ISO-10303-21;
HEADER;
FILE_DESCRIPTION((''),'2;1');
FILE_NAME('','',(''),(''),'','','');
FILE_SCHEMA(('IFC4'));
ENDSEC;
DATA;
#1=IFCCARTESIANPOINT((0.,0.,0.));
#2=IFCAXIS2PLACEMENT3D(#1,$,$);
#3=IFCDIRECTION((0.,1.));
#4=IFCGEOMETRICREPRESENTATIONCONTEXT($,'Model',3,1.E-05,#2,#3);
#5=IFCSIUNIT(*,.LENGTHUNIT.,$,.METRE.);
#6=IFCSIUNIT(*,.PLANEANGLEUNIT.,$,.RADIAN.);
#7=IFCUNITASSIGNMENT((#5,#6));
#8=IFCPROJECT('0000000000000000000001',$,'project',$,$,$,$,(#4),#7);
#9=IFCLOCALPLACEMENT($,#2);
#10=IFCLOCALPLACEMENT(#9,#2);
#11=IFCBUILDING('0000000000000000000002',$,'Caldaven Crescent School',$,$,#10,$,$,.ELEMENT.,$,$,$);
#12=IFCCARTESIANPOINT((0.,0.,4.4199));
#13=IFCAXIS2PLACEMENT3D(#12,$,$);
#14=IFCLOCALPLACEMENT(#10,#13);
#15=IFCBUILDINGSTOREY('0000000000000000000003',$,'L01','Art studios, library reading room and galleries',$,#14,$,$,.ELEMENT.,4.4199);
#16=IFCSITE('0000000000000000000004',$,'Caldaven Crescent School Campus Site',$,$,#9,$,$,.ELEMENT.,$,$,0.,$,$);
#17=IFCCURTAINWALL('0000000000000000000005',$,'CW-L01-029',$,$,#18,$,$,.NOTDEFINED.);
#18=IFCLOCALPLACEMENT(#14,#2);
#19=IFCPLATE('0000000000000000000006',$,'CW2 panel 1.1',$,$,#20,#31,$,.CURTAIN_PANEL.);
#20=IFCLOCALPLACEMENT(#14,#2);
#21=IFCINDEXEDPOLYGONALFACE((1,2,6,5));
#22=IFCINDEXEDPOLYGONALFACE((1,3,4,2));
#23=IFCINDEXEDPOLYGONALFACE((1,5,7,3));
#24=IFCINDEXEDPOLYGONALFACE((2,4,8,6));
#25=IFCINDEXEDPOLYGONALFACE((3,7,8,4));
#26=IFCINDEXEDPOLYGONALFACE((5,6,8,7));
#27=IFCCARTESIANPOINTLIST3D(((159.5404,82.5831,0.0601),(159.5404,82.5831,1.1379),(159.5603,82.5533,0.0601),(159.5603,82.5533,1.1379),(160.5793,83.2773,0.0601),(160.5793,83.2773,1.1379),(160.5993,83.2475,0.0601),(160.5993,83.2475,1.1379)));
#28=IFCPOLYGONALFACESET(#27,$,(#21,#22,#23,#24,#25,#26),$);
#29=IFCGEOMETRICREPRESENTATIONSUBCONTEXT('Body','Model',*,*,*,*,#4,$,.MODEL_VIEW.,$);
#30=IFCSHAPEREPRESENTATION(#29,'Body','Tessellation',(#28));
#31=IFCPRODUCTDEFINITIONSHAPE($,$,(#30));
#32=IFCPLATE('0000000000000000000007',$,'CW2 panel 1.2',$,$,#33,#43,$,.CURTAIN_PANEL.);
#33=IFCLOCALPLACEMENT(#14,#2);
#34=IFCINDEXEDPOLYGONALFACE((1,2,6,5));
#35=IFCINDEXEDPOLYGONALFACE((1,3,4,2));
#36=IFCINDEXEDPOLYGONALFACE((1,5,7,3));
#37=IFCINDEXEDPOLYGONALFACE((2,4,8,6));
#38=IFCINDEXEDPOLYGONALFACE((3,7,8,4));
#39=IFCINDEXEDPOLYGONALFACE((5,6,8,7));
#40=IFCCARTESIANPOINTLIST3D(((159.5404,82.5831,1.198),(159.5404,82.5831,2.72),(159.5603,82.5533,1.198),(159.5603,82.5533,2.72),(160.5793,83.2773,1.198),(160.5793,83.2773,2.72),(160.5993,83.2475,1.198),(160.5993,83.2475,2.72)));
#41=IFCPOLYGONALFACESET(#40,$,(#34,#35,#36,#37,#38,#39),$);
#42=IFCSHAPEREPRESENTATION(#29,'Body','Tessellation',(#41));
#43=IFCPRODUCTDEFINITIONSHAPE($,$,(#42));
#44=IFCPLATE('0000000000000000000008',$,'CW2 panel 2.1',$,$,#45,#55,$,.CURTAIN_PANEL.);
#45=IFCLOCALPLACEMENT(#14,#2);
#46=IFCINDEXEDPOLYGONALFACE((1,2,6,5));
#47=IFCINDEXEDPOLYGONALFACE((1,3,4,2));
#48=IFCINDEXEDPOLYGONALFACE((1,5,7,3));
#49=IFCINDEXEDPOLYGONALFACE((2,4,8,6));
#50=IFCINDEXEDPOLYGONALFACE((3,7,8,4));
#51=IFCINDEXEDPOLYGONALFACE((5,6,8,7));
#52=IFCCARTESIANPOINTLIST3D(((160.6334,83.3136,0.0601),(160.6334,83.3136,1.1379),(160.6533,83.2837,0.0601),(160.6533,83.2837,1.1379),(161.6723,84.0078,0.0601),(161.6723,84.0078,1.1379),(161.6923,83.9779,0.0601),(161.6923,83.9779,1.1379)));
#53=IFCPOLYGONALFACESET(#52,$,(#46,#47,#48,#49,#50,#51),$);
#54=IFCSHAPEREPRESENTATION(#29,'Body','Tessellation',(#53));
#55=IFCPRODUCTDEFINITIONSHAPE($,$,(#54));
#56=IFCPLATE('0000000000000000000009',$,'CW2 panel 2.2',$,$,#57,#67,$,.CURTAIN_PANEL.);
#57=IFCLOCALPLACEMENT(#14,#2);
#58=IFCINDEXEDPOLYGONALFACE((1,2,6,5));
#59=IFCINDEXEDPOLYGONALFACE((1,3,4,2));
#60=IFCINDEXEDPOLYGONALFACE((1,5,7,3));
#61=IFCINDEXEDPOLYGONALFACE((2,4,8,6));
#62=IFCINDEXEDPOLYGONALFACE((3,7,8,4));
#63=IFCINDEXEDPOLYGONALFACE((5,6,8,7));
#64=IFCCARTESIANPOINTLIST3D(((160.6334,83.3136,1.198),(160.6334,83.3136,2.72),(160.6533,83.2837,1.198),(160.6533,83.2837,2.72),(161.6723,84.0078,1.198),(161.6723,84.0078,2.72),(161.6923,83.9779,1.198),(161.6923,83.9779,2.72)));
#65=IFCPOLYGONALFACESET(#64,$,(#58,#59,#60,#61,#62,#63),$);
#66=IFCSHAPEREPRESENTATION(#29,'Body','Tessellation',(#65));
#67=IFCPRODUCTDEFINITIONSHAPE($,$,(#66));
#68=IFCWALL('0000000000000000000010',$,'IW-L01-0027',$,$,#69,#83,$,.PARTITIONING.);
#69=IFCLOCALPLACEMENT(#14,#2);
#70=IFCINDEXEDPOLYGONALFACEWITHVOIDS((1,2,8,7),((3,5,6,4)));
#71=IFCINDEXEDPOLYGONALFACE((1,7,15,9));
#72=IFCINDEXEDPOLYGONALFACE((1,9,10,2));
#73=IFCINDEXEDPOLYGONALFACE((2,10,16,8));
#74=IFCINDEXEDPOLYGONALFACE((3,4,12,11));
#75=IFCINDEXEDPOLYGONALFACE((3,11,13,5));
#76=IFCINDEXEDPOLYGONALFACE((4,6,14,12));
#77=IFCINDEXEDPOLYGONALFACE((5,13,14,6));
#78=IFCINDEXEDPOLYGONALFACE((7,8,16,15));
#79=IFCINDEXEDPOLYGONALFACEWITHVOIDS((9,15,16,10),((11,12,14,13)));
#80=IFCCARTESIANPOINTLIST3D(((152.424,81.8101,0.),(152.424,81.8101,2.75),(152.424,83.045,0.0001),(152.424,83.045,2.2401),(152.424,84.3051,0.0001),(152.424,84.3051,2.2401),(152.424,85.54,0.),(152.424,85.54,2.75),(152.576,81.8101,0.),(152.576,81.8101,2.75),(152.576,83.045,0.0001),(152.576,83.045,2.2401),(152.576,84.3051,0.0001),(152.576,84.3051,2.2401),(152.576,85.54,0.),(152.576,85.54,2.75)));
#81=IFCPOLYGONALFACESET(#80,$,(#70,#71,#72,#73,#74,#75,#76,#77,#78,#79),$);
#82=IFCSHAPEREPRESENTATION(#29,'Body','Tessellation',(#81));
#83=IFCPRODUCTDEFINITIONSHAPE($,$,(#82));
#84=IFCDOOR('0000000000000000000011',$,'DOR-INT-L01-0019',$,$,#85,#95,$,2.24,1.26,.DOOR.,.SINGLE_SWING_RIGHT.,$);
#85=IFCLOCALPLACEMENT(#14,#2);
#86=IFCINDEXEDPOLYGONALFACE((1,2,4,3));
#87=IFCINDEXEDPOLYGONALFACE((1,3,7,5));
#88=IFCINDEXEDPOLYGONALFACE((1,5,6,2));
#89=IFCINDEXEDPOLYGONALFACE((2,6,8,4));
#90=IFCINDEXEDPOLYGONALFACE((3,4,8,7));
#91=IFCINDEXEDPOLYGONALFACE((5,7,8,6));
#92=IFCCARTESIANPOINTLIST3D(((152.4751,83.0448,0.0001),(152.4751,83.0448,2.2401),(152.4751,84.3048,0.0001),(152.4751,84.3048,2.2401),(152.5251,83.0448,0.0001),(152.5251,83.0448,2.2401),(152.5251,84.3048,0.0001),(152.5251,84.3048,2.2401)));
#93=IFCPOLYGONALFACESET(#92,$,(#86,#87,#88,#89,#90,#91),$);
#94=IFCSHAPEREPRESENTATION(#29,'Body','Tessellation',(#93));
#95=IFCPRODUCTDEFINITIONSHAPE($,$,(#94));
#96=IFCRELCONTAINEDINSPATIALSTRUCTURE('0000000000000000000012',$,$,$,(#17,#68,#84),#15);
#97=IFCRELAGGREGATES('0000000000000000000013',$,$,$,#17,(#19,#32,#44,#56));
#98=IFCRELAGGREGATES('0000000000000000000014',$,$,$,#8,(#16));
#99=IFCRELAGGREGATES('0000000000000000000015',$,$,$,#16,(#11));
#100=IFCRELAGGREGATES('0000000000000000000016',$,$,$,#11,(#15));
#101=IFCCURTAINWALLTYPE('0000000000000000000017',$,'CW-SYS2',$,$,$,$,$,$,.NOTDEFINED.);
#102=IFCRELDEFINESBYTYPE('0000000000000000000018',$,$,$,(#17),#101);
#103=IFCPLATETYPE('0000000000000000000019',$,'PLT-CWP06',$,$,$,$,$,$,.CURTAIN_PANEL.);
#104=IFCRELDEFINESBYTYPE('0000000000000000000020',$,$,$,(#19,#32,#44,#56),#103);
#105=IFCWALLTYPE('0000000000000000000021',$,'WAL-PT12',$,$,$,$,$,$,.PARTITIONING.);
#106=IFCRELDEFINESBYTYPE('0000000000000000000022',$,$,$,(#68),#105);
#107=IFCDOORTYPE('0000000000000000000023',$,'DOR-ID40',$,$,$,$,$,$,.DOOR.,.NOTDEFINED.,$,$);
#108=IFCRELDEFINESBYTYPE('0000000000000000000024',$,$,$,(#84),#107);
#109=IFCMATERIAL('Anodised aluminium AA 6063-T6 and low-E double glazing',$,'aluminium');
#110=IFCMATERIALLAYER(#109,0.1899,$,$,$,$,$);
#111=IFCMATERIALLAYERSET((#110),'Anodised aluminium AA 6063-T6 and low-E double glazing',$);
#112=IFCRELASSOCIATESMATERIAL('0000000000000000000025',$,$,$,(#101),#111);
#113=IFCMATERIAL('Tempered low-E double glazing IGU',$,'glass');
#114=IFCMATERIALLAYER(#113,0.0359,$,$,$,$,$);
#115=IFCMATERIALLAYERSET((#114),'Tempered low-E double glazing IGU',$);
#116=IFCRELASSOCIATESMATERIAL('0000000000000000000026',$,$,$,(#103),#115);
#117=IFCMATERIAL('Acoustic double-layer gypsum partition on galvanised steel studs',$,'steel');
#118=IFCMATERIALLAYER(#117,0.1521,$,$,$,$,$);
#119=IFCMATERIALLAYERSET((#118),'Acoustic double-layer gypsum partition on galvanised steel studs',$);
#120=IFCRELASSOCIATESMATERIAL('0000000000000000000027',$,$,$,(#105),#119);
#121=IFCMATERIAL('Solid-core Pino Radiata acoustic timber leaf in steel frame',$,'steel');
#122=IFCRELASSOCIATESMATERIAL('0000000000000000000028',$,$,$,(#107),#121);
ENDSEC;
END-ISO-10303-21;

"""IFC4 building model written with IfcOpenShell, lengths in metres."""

from ifc_helpers import new_model, si_unit, direction, frame, frame_2d, origin, origin_2d, place, context, subcontext, project, spatial, rectangle, extrude, material, layer, layer_set, type_object, element, fill, aggregate, save


model = new_model("IFC4")

# Units and contexts
model_context = context("Model", 3, precision=1e-05, world=origin(), true_north=direction((0.0, 1.0)))
body_context = subcontext(model_context, "Body", "Model", "MODEL_VIEW")
ifc_project = project(units=[si_unit("LENGTHUNIT", "METRE"), si_unit("PLANEANGLEUNIT", "RADIAN")], contexts=[model_context])

# Site, building, storey
site_placement = place(None, origin())
site = spatial("IfcSite", under=ifc_project, at=site_placement, Name="Caldaven Crescent School Campus Site", CompositionType="ELEMENT", RefElevation=0.0)
building_placement = place(site_placement, origin())
building = spatial("IfcBuilding", under=site, at=building_placement, Name="Caldaven Crescent School", CompositionType="ELEMENT")
storey_placement = place(building_placement, frame((0.0, 0.0, 4.4199)))
storey = spatial("IfcBuildingStorey", under=building, at=storey_placement, Name="L01", Description="Art studios, library reading room and galleries", CompositionType="ELEMENT", Elevation=4.4199)

# Curtain wall
ifc_material_1 = material(Name="Anodised aluminium AA 6063-T6 and low-E double glazing", Category="aluminium")
ifc_layer_1 = layer(ifc_material_1, 0.1899)
ifc_layer_set_1 = layer_set([ifc_layer_1], Name="Anodised aluminium AA 6063-T6 and low-E double glazing")
curtain_wall_type = type_object("IfcCurtainWallType", Name="CW-SYS2", PredefinedType="NOTDEFINED", material=ifc_layer_set_1)
curtain_wall_placement = place(storey_placement, origin())
curtain_wall = element("IfcCurtainWall", 1, at=curtain_wall_placement, inside=storey, type_object=curtain_wall_type, Name="CW-L01-029", PredefinedType="NOTDEFINED")

# Plates
ifc_material_2 = material(Name="Tempered low-E double glazing IGU", Category="glass")
ifc_layer_2 = layer(ifc_material_2, 0.0359)
ifc_layer_set_2 = layer_set([ifc_layer_2], Name="Tempered low-E double glazing IGU")
plate_type = type_object("IfcPlateType", Name="PLT-CWP06", PredefinedType="CURTAIN_PANEL", material=ifc_layer_set_2)
plate_1_placement = place(storey_placement, frame((160.0698, 82.9153, 0.0601), z_axis=(0.0, 0.0, 1.0), x_axis=(0.83147, 0.555569, 0.0)))
plate_1 = element("IfcPlate", 2, at=plate_1_placement, type_object=plate_type, Name="CW2 panel 1.1", PredefinedType="CURTAIN_PANEL", context=body_context, shape_type="SweptSolid", body=[
    extrude(rectangle(XDim=1.2495, YDim=0.0359, at=origin_2d()), origin(), (0.0, 0.0, 1.0), 1.0779),
])
plate_2_placement = place(storey_placement, frame((160.0698, 82.9153, 1.198), z_axis=(0.0, 0.0, 1.0), x_axis=(0.83147, 0.555569, 0.0)))
plate_2 = element("IfcPlate", 3, at=plate_2_placement, type_object=plate_type, Name="CW2 panel 1.2", PredefinedType="CURTAIN_PANEL", context=body_context, shape_type="SweptSolid", body=[
    extrude(rectangle(XDim=1.2495, YDim=0.0359, at=origin_2d()), origin(), (0.0, 0.0, 1.0), 1.522),
])
plate_3_placement = place(storey_placement, frame((161.1628, 83.6458, 0.0601), z_axis=(0.0, 0.0, 1.0), x_axis=(0.83147, 0.555569, 0.0)))
plate_3 = element("IfcPlate", 4, at=plate_3_placement, type_object=plate_type, Name="CW2 panel 2.1", PredefinedType="CURTAIN_PANEL", context=body_context, shape_type="SweptSolid", body=[
    extrude(rectangle(XDim=1.2495, YDim=0.0359, at=origin_2d()), origin(), (0.0, 0.0, 1.0), 1.0779),
])
plate_4_placement = place(storey_placement, frame((161.1628, 83.6458, 1.198), z_axis=(0.0, 0.0, 1.0), x_axis=(0.83147, 0.555569, 0.0)))
plate_4 = element("IfcPlate", 5, at=plate_4_placement, type_object=plate_type, Name="CW2 panel 2.2", PredefinedType="CURTAIN_PANEL", context=body_context, shape_type="SweptSolid", body=[
    extrude(rectangle(XDim=1.2495, YDim=0.0359, at=origin_2d()), origin(), (0.0, 0.0, 1.0), 1.522),
])
aggregate(curtain_wall, [plate_1, plate_2, plate_3, plate_4])

# Wall, opening, door
ifc_material_3 = material(Name="Acoustic double-layer gypsum partition on galvanised steel studs", Category="steel")
ifc_layer_3 = layer(ifc_material_3, 0.1521)
ifc_layer_set_3 = layer_set([ifc_layer_3], Name="Acoustic double-layer gypsum partition on galvanised steel studs")
wall_type_1 = type_object("IfcWallType", Name="WAL-PT12", PredefinedType="PARTITIONING", material=ifc_layer_set_3)
wall_1_placement = place(storey_placement, frame((152.5, 85.54, 0.0), z_axis=(0.0, 0.0, 1.0), x_axis=(0.0, -1.0, 0.0)))
wall_1 = element("IfcWall", 6, at=wall_1_placement, inside=storey, type_object=wall_type_1, Name="IW-L01-0027", PredefinedType="PARTITIONING", context=body_context, shape_type="SweptSolid", body=[
    extrude(rectangle(XDim=3.73, YDim=0.1521, at=frame_2d((1.865, 0.0))), origin(), (0.0, 0.0, 1.0), 2.75),
])
opening_1_placement = place(wall_1_placement, frame((1.2351, 0.0, 0.0)))
opening_1 = element("IfcOpeningElement", 7, at=opening_1_placement, cuts=wall_1, PredefinedType="OPENING", context=body_context, shape_type="SweptSolid", body=[
    extrude(rectangle(XDim=1.26, YDim=2.24, at=frame_2d((0.6299, 1.1201))), frame((0.0, 0.0859, 0.0), z_axis=(0.0, -1.0, 0.0), x_axis=(1.0, 0.0, 0.0)), (0.0, 0.0, 1.0), 0.1721),
])
ifc_material_4 = material(Name="Solid-core Pino Radiata acoustic timber leaf in steel frame", Category="steel")
door_type_1 = type_object("IfcDoorType", Name="DOR-ID40", OperationType="NOTDEFINED", PredefinedType="DOOR", material=ifc_material_4)
door_1_placement = place(opening_1_placement, frame((1.26, 0.0, 0.0), z_axis=(0.0, 0.0, 1.0), x_axis=(-1.0, 0.0, 0.0)))
door_1 = element("IfcDoor", 8, at=door_1_placement, inside=storey, type_object=door_type_1, Name="DOR-INT-L01-0019", OperationType="SINGLE_SWING_RIGHT", OverallHeight=2.24, OverallWidth=1.26, PredefinedType="DOOR", context=body_context, shape_type="SweptSolid", body=[
    extrude(rectangle(XDim=1.26, YDim=2.24, at=frame_2d((0.6299, 1.1201))), frame((0.0, 0.0249, 0.0), z_axis=(0.0, -1.0, 0.0), x_axis=(1.0, 0.0, 0.0)), (0.0, 0.0, 1.0), 0.05),
])
fill(opening_1, door_1)

save(model, "model.ifc")
